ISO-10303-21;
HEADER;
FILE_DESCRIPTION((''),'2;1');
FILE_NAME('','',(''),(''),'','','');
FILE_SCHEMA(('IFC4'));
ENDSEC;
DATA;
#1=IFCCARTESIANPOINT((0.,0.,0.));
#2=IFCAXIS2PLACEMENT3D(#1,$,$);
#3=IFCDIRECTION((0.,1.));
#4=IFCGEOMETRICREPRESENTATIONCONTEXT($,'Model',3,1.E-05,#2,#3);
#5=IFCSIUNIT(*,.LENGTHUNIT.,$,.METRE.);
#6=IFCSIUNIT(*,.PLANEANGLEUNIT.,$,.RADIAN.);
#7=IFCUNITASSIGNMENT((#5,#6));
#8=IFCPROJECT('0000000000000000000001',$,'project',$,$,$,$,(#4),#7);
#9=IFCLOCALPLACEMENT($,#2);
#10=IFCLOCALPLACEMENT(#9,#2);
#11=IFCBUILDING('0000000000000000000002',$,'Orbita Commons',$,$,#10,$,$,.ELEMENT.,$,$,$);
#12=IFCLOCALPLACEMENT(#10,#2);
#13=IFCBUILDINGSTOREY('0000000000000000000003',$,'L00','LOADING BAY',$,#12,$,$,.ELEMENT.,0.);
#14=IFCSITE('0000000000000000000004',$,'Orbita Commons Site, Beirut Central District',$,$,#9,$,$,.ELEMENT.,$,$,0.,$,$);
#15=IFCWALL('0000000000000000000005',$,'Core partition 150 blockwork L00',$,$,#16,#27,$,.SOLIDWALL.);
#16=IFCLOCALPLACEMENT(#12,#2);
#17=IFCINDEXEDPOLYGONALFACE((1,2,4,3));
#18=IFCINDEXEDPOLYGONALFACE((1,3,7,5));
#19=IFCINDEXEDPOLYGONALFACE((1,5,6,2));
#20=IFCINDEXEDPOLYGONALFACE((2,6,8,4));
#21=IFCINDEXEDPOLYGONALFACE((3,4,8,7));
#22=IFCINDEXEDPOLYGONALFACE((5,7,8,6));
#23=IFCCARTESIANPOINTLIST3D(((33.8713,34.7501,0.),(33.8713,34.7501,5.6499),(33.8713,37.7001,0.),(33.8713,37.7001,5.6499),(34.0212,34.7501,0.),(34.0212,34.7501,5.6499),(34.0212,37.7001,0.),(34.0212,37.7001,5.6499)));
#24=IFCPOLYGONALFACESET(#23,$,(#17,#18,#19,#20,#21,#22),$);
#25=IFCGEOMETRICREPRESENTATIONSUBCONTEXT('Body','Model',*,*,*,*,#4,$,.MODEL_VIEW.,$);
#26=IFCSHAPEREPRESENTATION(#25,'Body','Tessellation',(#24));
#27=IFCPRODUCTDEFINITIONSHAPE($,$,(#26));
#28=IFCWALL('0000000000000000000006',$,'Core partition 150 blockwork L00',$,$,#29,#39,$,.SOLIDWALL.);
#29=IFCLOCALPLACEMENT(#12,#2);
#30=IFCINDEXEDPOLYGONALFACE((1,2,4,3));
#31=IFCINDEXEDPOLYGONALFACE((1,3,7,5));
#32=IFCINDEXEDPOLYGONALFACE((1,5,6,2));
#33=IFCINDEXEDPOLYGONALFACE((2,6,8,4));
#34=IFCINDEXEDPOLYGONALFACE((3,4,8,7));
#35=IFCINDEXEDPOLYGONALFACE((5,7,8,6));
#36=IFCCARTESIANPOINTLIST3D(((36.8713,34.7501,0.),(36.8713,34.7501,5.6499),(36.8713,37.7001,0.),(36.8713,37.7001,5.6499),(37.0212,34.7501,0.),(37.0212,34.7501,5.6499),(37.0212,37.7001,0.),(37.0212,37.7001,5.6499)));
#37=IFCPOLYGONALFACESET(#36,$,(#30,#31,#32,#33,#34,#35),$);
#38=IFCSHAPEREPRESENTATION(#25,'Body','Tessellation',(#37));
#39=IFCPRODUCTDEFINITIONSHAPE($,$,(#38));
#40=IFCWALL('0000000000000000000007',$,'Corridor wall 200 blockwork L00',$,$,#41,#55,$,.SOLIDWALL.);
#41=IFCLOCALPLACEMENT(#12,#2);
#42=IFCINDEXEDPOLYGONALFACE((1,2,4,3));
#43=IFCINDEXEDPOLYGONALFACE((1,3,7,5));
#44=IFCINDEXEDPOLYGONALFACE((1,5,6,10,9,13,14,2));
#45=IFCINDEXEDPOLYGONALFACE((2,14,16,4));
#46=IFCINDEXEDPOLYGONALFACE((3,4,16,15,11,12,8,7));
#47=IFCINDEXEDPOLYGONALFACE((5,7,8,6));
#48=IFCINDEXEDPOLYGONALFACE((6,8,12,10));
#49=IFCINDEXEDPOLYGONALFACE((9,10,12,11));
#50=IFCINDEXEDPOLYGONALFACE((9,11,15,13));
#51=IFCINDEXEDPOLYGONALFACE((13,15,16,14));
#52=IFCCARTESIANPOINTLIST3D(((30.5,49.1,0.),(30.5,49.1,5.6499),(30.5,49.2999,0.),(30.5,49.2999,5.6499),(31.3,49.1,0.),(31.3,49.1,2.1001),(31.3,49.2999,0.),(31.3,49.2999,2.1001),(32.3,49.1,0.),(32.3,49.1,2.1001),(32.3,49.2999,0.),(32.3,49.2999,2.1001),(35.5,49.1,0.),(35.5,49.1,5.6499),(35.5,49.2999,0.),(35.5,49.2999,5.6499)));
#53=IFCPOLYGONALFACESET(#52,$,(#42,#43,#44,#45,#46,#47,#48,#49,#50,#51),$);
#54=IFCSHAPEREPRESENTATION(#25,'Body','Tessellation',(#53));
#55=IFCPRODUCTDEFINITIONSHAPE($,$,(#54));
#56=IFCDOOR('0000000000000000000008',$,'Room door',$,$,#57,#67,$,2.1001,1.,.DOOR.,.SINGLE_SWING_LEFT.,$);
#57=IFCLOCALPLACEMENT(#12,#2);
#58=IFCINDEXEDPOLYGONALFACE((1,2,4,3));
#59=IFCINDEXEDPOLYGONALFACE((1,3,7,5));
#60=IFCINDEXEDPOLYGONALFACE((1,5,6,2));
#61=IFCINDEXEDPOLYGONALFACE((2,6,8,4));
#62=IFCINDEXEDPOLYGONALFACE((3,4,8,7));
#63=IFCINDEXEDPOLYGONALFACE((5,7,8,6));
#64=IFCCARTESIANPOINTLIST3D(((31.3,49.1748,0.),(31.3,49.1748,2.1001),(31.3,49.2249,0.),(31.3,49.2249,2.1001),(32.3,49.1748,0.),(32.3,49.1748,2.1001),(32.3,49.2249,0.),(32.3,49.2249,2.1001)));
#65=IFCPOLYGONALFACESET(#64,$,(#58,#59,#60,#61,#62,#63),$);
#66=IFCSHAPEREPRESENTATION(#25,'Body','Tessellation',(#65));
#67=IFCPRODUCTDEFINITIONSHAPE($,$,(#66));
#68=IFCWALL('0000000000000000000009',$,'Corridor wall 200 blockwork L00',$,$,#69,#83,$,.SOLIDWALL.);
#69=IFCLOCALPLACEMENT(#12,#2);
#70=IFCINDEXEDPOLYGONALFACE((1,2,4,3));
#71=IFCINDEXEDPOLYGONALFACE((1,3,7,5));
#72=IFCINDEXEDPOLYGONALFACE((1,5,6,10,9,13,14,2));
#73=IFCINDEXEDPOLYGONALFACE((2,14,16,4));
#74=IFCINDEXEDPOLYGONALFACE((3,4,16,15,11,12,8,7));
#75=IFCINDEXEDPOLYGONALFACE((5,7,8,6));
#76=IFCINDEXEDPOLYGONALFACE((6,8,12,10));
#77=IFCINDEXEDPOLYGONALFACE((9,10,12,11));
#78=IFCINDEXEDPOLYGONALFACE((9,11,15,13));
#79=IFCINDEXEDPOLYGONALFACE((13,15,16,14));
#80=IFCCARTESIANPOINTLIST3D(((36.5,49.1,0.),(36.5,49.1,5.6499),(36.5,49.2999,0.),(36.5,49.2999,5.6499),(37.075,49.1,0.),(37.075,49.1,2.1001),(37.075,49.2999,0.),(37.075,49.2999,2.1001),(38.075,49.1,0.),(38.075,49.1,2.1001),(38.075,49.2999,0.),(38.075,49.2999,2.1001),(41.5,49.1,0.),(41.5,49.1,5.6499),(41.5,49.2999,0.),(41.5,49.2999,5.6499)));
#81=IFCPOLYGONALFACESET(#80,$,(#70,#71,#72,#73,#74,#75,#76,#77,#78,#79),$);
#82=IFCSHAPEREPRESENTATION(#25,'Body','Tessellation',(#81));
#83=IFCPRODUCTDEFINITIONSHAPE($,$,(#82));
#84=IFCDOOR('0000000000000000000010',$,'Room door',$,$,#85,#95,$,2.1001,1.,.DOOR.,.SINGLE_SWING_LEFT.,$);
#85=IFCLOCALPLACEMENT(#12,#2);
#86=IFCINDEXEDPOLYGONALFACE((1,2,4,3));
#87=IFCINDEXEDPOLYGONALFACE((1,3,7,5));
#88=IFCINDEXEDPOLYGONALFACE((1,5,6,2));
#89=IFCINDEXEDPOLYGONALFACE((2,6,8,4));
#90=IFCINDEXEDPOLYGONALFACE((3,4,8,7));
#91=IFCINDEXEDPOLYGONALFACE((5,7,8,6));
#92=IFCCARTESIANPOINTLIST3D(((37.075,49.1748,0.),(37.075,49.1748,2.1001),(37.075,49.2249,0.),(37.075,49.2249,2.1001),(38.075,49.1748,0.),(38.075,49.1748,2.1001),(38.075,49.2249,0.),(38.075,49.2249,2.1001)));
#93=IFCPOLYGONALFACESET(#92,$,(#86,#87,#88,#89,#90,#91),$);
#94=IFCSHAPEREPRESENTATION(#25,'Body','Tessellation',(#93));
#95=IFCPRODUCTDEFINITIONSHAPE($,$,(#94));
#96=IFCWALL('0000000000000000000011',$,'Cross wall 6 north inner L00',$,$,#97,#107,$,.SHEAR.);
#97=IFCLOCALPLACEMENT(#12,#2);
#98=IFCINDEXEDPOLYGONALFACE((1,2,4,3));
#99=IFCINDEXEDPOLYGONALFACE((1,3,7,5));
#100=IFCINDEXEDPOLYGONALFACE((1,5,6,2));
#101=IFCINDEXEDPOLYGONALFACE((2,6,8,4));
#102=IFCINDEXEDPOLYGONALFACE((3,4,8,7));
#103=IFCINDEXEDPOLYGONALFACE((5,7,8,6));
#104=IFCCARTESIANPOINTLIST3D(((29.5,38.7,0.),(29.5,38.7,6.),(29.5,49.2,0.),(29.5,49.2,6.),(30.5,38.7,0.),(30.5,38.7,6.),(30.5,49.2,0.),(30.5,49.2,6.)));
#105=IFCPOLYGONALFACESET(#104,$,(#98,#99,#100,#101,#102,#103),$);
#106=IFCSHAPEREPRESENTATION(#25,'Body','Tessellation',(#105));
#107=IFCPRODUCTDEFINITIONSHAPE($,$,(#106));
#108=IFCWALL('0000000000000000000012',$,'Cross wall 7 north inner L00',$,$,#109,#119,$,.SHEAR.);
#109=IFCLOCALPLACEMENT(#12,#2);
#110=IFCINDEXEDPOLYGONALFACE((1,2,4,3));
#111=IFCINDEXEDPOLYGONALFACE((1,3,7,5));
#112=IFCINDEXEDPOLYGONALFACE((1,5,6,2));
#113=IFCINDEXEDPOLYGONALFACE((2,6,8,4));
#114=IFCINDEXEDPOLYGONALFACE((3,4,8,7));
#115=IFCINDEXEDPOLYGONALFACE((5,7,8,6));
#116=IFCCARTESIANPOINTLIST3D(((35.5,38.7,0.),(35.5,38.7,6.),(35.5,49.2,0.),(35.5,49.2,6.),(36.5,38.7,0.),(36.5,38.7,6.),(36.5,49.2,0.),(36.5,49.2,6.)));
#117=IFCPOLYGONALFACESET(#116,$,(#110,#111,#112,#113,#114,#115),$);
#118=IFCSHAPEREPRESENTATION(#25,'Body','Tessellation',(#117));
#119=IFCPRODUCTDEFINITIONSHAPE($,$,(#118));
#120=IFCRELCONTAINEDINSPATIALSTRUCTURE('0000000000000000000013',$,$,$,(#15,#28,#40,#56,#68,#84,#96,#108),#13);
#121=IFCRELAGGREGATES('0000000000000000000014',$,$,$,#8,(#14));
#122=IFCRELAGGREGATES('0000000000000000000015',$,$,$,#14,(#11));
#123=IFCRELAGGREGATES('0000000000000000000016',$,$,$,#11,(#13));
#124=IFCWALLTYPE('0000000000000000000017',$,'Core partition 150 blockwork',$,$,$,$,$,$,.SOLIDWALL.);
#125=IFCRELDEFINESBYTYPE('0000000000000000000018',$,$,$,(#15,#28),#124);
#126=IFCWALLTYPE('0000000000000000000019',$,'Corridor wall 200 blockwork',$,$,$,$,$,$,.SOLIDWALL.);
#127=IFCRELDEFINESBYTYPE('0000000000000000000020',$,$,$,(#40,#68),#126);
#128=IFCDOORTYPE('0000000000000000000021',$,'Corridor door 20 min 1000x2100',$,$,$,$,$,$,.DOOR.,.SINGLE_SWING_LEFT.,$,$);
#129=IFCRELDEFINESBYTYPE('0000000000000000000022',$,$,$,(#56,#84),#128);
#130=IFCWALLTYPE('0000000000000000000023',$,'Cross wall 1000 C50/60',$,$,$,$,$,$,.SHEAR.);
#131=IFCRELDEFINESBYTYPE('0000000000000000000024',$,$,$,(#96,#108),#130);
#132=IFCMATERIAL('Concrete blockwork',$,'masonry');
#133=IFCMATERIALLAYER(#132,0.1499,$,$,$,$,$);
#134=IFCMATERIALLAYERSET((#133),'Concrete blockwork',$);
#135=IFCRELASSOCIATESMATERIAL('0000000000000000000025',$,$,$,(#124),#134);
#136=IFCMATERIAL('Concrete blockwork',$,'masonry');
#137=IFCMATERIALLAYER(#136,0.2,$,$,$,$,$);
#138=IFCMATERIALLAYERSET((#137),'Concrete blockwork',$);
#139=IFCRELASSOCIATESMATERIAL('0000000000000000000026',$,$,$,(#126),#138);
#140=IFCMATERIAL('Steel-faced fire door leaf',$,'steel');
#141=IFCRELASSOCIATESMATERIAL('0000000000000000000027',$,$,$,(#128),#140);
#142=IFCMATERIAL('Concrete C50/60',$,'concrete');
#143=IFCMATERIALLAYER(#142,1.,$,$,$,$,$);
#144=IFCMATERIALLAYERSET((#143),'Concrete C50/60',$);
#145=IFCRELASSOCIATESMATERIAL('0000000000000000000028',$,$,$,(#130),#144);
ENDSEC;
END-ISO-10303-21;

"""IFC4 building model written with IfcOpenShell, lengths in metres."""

from ifc_helpers import new_model, si_unit, direction, frame, frame_2d, origin, place, context, subcontext, project, spatial, rectangle, extrude, material, layer, layer_set, type_object, element, fill, save


model = new_model("IFC4")

# Units and contexts
model_context = context("Model", 3, precision=1e-05, world=origin(), true_north=direction((0.0, 1.0)))
body_context = subcontext(model_context, "Body", "Model", "MODEL_VIEW")
ifc_project = project(units=[si_unit("LENGTHUNIT", "METRE"), si_unit("PLANEANGLEUNIT", "RADIAN")], contexts=[model_context])

# Site, building, storey
site_placement = place(None, origin())
site = spatial("IfcSite", under=ifc_project, at=site_placement, Name="Orbita Commons Site, Beirut Central District", CompositionType="ELEMENT", RefElevation=0.0)
building_placement = place(site_placement, origin())
building = spatial("IfcBuilding", under=site, at=building_placement, Name="Orbita Commons", CompositionType="ELEMENT")
storey_placement = place(building_placement, origin())
storey = spatial("IfcBuildingStorey", under=building, at=storey_placement, Name="L00", Description="LOADING BAY", CompositionType="ELEMENT", Elevation=0.0)

# Walls
ifc_material_1 = material(Name="Concrete blockwork", Category="masonry")
ifc_layer_1 = layer(ifc_material_1, 0.1499)
ifc_layer_set_1 = layer_set([ifc_layer_1], Name="Concrete blockwork")
wall_type_1 = type_object("IfcWallType", Name="Core partition 150 blockwork", PredefinedType="SOLIDWALL", material=ifc_layer_set_1)
for number, where, z_axis, x_axis, name in (
    (1, (33.9463, 34.75, 0.0), (0.0, 0.0, 1.0), (0.0, 1.0, 0.0), "Core partition 150 blockwork L00"),
    (2, (36.9463, 34.75, 0.0), (0.0, 0.0, 1.0), (0.0, 1.0, 0.0), "Core partition 150 blockwork L00"),
):
    element("IfcWall", number, at=place(storey_placement, frame(where, z_axis=z_axis, x_axis=x_axis)), inside=storey, type_object=wall_type_1, Name=name, PredefinedType="SOLIDWALL", context=body_context, shape_type="SweptSolid", body=[
        extrude(rectangle(XDim=2.95, YDim=0.1499, at=frame_2d((1.4751, 0.0))), origin(), (0.0, 0.0, 1.0), 5.6499),
    ])

# Walls, openings, doors
ifc_material_2 = material(Name="Concrete blockwork", Category="masonry")
ifc_layer_2 = layer(ifc_material_2, 0.2)
ifc_layer_set_2 = layer_set([ifc_layer_2], Name="Concrete blockwork")
wall_type_2 = type_object("IfcWallType", Name="Corridor wall 200 blockwork", PredefinedType="SOLIDWALL", material=ifc_layer_set_2)
wall_1_placement = place(storey_placement, frame((30.5, 49.2, 0.0), z_axis=(0.0, 0.0, 1.0), x_axis=(1.0, 0.0, 0.0)))
wall_1 = element("IfcWall", 3, at=wall_1_placement, inside=storey, type_object=wall_type_2, Name="Corridor wall 200 blockwork L00", PredefinedType="SOLIDWALL", context=body_context, shape_type="SweptSolid", body=[
    extrude(rectangle(XDim=5.0, YDim=0.2, at=frame_2d((2.5, 0.0))), origin(), (0.0, 0.0, 1.0), 5.6499),
])
opening_1_placement = place(wall_1_placement, frame((0.8, 0.0, 0.0)))
opening_1 = element("IfcOpeningElement", 4, at=opening_1_placement, cuts=wall_1, PredefinedType="OPENING", context=body_context, shape_type="SweptSolid", body=[
    extrude(rectangle(XDim=1.0, YDim=2.1001, at=frame_2d((0.5, 1.05))), frame((0.0, 0.1099, 0.0), z_axis=(0.0, -1.0, 0.0), x_axis=(1.0, 0.0, 0.0)), (0.0, 0.0, 1.0), 0.22),
])
ifc_material_3 = material(Name="Steel-faced fire door leaf", Category="steel")
door_type = type_object("IfcDoorType", Name="Corridor door 20 min 1000x2100", OperationType="SINGLE_SWING_LEFT", PredefinedType="DOOR", material=ifc_material_3)
door_1_placement = place(opening_1_placement, origin())
door_1 = element("IfcDoor", 5, at=door_1_placement, inside=storey, type_object=door_type, Name="Room door", OperationType="SINGLE_SWING_LEFT", OverallHeight=2.1001, OverallWidth=1.0, PredefinedType="DOOR", context=body_context, shape_type="SweptSolid", body=[
    extrude(rectangle(XDim=1.0, YDim=2.1001, at=frame_2d((0.5, 1.05))), frame((0.0, 0.0249, 0.0), z_axis=(0.0, -1.0, 0.0), x_axis=(1.0, 0.0, 0.0)), (0.0, 0.0, 1.0), 0.05),
])
fill(opening_1, door_1)
wall_2_placement = place(storey_placement, frame((36.5, 49.2, 0.0), z_axis=(0.0, 0.0, 1.0), x_axis=(1.0, 0.0, 0.0)))
wall_2 = element("IfcWall", 6, at=wall_2_placement, inside=storey, type_object=wall_type_2, Name="Corridor wall 200 blockwork L00", PredefinedType="SOLIDWALL", context=body_context, shape_type="SweptSolid", body=[
    extrude(rectangle(XDim=5.0, YDim=0.2, at=frame_2d((2.5, 0.0))), origin(), (0.0, 0.0, 1.0), 5.6499),
])
opening_2_placement = place(wall_2_placement, frame((0.575, 0.0, 0.0)))
opening_2 = element("IfcOpeningElement", 7, at=opening_2_placement, cuts=wall_2, PredefinedType="OPENING", context=body_context, shape_type="SweptSolid", body=[
    extrude(rectangle(XDim=1.0, YDim=2.1001, at=frame_2d((0.5, 1.05))), frame((0.0, 0.1099, 0.0), z_axis=(0.0, -1.0, 0.0), x_axis=(1.0, 0.0, 0.0)), (0.0, 0.0, 1.0), 0.22),
])
door_2_placement = place(opening_2_placement, origin())
door_2 = element("IfcDoor", 8, at=door_2_placement, inside=storey, type_object=door_type, Name="Room door", OperationType="SINGLE_SWING_LEFT", OverallHeight=2.1001, OverallWidth=1.0, PredefinedType="DOOR", context=body_context, shape_type="SweptSolid", body=[
    extrude(rectangle(XDim=1.0, YDim=2.1001, at=frame_2d((0.5, 1.05))), frame((0.0, 0.0249, 0.0), z_axis=(0.0, -1.0, 0.0), x_axis=(1.0, 0.0, 0.0)), (0.0, 0.0, 1.0), 0.05),
])
fill(opening_2, door_2)

# Walls
ifc_material_4 = material(Name="Concrete C50/60", Category="concrete")
ifc_layer_3 = layer(ifc_material_4, 1.0)
ifc_layer_set_3 = layer_set([ifc_layer_3], Name="Concrete C50/60")
wall_type_3 = type_object("IfcWallType", Name="Cross wall 1000 C50/60", PredefinedType="SHEAR", material=ifc_layer_set_3)
for number, where, z_axis, x_axis, name in (
    (9, (30.0, 38.7, 0.0), (0.0, 0.0, 1.0), (0.0, 1.0, 0.0), "Cross wall 6 north inner L00"),
    (10, (36.0, 38.7, 0.0), (0.0, 0.0, 1.0), (0.0, 1.0, 0.0), "Cross wall 7 north inner L00"),
):
    element("IfcWall", number, at=place(storey_placement, frame(where, z_axis=z_axis, x_axis=x_axis)), inside=storey, type_object=wall_type_3, Name=name, PredefinedType="SHEAR", context=body_context, shape_type="SweptSolid", body=[
        extrude(rectangle(XDim=10.5, YDim=1.0, at=frame_2d((5.25, 0.0))), origin(), (0.0, 0.0, 1.0), 6.0),
    ])

save(model, "model.ifc")
